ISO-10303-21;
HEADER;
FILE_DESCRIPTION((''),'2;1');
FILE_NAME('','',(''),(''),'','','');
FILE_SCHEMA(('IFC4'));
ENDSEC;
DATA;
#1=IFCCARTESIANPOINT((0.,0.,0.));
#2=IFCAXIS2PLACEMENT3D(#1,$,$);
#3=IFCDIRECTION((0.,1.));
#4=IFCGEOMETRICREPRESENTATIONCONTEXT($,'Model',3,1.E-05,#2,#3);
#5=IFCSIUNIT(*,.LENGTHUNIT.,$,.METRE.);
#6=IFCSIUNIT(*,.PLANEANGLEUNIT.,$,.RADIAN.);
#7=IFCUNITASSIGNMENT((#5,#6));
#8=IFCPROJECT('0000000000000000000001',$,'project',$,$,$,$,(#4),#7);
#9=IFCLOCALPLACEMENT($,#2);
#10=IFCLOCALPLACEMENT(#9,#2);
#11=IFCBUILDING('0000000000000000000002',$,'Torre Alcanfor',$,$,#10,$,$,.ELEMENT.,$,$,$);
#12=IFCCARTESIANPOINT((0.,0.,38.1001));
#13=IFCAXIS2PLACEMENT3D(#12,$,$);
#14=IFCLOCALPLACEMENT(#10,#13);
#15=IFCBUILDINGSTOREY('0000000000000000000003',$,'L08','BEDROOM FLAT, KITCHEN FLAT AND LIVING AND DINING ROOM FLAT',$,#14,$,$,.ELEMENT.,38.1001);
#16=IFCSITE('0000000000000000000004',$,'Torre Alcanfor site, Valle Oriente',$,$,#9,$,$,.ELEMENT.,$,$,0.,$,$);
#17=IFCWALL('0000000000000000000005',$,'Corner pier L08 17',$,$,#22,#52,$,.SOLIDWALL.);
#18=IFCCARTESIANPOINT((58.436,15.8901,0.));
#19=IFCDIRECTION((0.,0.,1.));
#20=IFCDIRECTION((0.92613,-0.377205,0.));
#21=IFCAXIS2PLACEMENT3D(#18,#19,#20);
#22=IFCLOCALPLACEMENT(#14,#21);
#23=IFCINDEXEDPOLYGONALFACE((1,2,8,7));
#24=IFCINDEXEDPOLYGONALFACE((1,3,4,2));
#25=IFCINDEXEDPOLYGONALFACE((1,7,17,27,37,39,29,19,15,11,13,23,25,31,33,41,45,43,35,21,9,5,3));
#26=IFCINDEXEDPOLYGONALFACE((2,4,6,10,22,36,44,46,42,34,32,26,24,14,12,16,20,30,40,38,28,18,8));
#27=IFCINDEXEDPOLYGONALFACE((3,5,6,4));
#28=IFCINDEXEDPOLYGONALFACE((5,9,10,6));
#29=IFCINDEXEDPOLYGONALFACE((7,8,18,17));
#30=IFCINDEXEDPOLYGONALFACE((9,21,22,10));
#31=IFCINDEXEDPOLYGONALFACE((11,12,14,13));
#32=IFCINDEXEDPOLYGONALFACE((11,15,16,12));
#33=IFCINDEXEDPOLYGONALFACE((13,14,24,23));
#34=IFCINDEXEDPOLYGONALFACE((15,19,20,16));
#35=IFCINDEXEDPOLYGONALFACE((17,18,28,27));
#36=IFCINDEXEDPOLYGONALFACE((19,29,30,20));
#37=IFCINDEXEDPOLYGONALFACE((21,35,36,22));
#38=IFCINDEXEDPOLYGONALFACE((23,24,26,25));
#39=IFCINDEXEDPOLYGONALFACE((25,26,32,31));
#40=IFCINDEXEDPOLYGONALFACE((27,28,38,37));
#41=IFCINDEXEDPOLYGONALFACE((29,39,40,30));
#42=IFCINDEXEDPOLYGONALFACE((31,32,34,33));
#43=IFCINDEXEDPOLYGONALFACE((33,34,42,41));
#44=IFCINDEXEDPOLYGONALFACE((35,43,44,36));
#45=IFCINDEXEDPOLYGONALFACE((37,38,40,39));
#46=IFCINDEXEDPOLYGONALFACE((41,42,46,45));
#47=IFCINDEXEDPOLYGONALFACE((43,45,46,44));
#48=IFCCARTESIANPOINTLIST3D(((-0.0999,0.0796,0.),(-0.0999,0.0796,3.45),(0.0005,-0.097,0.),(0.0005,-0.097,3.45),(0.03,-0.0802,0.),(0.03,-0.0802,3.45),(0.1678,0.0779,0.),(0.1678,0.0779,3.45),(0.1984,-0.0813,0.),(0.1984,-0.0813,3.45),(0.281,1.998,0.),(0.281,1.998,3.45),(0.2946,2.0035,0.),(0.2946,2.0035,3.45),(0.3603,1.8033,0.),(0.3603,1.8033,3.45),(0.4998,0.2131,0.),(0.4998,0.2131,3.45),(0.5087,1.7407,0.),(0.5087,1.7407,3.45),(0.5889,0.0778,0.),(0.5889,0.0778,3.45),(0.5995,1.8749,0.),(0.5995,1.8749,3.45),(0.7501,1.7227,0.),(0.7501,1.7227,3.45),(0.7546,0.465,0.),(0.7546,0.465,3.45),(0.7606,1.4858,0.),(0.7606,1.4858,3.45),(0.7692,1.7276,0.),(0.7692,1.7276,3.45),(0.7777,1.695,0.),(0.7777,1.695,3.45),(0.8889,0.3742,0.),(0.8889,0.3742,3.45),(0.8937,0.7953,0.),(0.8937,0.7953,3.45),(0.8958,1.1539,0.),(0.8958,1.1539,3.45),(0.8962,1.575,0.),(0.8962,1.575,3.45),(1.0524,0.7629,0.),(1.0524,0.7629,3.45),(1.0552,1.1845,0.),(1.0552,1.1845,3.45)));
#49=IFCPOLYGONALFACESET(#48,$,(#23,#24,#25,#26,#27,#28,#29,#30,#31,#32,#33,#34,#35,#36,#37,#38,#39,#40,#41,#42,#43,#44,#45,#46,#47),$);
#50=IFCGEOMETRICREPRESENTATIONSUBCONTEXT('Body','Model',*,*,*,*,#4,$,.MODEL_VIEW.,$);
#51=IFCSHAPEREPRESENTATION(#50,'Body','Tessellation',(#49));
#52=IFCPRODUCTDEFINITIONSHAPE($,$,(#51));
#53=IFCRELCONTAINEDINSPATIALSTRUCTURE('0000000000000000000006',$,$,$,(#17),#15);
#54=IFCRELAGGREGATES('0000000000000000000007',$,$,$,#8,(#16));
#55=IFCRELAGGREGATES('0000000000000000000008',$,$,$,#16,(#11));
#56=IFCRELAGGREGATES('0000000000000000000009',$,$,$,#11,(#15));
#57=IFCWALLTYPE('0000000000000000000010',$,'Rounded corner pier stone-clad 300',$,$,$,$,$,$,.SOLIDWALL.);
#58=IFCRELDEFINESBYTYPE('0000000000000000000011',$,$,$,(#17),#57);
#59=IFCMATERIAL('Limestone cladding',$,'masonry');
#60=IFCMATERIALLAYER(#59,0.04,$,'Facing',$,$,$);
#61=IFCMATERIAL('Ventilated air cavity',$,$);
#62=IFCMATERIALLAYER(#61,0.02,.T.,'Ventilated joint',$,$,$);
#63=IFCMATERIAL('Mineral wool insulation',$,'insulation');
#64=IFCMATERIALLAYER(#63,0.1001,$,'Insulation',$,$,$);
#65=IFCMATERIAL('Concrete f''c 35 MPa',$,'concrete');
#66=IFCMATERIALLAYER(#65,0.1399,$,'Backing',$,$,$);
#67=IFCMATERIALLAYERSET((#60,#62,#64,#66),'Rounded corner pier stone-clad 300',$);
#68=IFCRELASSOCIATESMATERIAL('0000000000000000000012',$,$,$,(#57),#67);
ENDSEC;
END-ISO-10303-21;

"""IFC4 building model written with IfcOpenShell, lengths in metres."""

from ifc_helpers import new_model, si_unit, direction, frame, origin, place, context, subcontext, project, spatial, polyline, outline, extrude, material, layer, layer_set, type_object, element, save


model = new_model("IFC4")

# Units and contexts
model_context = context("Model", 3, precision=1e-05, world=origin(), true_north=direction((0.0, 1.0)))
body_context = subcontext(model_context, "Body", "Model", "MODEL_VIEW")
ifc_project = project(units=[si_unit("LENGTHUNIT", "METRE"), si_unit("PLANEANGLEUNIT", "RADIAN")], contexts=[model_context])

# Site, building, storey
site_placement = place(None, origin())
site = spatial("IfcSite", under=ifc_project, at=site_placement, Name="Torre Alcanfor site, Valle Oriente", CompositionType="ELEMENT", RefElevation=0.0)
building_placement = place(site_placement, origin())
building = spatial("IfcBuilding", under=site, at=building_placement, Name="Torre Alcanfor", CompositionType="ELEMENT")
storey_placement = place(building_placement, frame((0.0, 0.0, 38.1001)))
storey = spatial("IfcBuildingStorey", under=building, at=storey_placement, Name="L08", Description="BEDROOM FLAT, KITCHEN FLAT AND LIVING AND DINING ROOM FLAT", CompositionType="ELEMENT", Elevation=38.1001)

# Shared definitions
ifc_material_1 = material(Name="Limestone cladding", Category="masonry")
ifc_material_2 = material(Name="Ventilated air cavity")
ifc_material_3 = material(Name="Mineral wool insulation", Category="insulation")
ifc_material_4 = material(Name="Concrete f'c 35 MPa", Category="concrete")

# Wall
ifc_layer_1 = layer(ifc_material_1, 0.04, Name="Facing")
ifc_layer_2 = layer(ifc_material_2, 0.02, ventilated=True, Name="Ventilated joint")
ifc_layer_3 = layer(ifc_material_3, 0.1001, Name="Insulation")
ifc_layer_4 = layer(ifc_material_4, 0.1399, Name="Backing")
ifc_layer_set_1 = layer_set([ifc_layer_1, ifc_layer_2, ifc_layer_3, ifc_layer_4], Name="Rounded corner pier stone-clad 300")
wall_type_1 = type_object("IfcWallType", Name="Rounded corner pier stone-clad 300", PredefinedType="SOLIDWALL", material=ifc_layer_set_1)
wall_1_placement = place(storey_placement, frame((58.436, 15.8901, 0.0), z_axis=(0.0, 0.0, 1.0), x_axis=(0.92613, -0.377205, 0.0)))
element("IfcWall", 1, at=wall_1_placement, inside=storey, type_object=wall_type_1, Name="Corner pier L08 17", PredefinedType="SOLIDWALL", context=body_context, shape_type="SweptSolid", body=[
    extrude(outline(polyline([(0.7692, 1.7276), (0.7501, 1.7227), (0.5995, 1.8749), (0.2946, 2.0035), (0.281, 1.998), (0.3603, 1.8033), (0.5087, 1.7407), (0.7606, 1.4858), (0.8958, 1.1539), (0.8937, 0.7953), (0.7546, 0.465), (0.4998, 0.2131), (0.1678, 0.0779), (-0.0999, 0.0796), (0.0005, -0.097), (0.03, -0.0802), (0.1984, -0.0813), (0.5889, 0.0778), (0.8889, 0.3742), (1.0524, 0.7629), (1.0552, 1.1845), (0.8962, 1.575), (0.7777, 1.695), (0.7692, 1.7276)])), origin(), (0.0, 0.0, 1.0), 3.45),
])

save(model, "model.ifc")
